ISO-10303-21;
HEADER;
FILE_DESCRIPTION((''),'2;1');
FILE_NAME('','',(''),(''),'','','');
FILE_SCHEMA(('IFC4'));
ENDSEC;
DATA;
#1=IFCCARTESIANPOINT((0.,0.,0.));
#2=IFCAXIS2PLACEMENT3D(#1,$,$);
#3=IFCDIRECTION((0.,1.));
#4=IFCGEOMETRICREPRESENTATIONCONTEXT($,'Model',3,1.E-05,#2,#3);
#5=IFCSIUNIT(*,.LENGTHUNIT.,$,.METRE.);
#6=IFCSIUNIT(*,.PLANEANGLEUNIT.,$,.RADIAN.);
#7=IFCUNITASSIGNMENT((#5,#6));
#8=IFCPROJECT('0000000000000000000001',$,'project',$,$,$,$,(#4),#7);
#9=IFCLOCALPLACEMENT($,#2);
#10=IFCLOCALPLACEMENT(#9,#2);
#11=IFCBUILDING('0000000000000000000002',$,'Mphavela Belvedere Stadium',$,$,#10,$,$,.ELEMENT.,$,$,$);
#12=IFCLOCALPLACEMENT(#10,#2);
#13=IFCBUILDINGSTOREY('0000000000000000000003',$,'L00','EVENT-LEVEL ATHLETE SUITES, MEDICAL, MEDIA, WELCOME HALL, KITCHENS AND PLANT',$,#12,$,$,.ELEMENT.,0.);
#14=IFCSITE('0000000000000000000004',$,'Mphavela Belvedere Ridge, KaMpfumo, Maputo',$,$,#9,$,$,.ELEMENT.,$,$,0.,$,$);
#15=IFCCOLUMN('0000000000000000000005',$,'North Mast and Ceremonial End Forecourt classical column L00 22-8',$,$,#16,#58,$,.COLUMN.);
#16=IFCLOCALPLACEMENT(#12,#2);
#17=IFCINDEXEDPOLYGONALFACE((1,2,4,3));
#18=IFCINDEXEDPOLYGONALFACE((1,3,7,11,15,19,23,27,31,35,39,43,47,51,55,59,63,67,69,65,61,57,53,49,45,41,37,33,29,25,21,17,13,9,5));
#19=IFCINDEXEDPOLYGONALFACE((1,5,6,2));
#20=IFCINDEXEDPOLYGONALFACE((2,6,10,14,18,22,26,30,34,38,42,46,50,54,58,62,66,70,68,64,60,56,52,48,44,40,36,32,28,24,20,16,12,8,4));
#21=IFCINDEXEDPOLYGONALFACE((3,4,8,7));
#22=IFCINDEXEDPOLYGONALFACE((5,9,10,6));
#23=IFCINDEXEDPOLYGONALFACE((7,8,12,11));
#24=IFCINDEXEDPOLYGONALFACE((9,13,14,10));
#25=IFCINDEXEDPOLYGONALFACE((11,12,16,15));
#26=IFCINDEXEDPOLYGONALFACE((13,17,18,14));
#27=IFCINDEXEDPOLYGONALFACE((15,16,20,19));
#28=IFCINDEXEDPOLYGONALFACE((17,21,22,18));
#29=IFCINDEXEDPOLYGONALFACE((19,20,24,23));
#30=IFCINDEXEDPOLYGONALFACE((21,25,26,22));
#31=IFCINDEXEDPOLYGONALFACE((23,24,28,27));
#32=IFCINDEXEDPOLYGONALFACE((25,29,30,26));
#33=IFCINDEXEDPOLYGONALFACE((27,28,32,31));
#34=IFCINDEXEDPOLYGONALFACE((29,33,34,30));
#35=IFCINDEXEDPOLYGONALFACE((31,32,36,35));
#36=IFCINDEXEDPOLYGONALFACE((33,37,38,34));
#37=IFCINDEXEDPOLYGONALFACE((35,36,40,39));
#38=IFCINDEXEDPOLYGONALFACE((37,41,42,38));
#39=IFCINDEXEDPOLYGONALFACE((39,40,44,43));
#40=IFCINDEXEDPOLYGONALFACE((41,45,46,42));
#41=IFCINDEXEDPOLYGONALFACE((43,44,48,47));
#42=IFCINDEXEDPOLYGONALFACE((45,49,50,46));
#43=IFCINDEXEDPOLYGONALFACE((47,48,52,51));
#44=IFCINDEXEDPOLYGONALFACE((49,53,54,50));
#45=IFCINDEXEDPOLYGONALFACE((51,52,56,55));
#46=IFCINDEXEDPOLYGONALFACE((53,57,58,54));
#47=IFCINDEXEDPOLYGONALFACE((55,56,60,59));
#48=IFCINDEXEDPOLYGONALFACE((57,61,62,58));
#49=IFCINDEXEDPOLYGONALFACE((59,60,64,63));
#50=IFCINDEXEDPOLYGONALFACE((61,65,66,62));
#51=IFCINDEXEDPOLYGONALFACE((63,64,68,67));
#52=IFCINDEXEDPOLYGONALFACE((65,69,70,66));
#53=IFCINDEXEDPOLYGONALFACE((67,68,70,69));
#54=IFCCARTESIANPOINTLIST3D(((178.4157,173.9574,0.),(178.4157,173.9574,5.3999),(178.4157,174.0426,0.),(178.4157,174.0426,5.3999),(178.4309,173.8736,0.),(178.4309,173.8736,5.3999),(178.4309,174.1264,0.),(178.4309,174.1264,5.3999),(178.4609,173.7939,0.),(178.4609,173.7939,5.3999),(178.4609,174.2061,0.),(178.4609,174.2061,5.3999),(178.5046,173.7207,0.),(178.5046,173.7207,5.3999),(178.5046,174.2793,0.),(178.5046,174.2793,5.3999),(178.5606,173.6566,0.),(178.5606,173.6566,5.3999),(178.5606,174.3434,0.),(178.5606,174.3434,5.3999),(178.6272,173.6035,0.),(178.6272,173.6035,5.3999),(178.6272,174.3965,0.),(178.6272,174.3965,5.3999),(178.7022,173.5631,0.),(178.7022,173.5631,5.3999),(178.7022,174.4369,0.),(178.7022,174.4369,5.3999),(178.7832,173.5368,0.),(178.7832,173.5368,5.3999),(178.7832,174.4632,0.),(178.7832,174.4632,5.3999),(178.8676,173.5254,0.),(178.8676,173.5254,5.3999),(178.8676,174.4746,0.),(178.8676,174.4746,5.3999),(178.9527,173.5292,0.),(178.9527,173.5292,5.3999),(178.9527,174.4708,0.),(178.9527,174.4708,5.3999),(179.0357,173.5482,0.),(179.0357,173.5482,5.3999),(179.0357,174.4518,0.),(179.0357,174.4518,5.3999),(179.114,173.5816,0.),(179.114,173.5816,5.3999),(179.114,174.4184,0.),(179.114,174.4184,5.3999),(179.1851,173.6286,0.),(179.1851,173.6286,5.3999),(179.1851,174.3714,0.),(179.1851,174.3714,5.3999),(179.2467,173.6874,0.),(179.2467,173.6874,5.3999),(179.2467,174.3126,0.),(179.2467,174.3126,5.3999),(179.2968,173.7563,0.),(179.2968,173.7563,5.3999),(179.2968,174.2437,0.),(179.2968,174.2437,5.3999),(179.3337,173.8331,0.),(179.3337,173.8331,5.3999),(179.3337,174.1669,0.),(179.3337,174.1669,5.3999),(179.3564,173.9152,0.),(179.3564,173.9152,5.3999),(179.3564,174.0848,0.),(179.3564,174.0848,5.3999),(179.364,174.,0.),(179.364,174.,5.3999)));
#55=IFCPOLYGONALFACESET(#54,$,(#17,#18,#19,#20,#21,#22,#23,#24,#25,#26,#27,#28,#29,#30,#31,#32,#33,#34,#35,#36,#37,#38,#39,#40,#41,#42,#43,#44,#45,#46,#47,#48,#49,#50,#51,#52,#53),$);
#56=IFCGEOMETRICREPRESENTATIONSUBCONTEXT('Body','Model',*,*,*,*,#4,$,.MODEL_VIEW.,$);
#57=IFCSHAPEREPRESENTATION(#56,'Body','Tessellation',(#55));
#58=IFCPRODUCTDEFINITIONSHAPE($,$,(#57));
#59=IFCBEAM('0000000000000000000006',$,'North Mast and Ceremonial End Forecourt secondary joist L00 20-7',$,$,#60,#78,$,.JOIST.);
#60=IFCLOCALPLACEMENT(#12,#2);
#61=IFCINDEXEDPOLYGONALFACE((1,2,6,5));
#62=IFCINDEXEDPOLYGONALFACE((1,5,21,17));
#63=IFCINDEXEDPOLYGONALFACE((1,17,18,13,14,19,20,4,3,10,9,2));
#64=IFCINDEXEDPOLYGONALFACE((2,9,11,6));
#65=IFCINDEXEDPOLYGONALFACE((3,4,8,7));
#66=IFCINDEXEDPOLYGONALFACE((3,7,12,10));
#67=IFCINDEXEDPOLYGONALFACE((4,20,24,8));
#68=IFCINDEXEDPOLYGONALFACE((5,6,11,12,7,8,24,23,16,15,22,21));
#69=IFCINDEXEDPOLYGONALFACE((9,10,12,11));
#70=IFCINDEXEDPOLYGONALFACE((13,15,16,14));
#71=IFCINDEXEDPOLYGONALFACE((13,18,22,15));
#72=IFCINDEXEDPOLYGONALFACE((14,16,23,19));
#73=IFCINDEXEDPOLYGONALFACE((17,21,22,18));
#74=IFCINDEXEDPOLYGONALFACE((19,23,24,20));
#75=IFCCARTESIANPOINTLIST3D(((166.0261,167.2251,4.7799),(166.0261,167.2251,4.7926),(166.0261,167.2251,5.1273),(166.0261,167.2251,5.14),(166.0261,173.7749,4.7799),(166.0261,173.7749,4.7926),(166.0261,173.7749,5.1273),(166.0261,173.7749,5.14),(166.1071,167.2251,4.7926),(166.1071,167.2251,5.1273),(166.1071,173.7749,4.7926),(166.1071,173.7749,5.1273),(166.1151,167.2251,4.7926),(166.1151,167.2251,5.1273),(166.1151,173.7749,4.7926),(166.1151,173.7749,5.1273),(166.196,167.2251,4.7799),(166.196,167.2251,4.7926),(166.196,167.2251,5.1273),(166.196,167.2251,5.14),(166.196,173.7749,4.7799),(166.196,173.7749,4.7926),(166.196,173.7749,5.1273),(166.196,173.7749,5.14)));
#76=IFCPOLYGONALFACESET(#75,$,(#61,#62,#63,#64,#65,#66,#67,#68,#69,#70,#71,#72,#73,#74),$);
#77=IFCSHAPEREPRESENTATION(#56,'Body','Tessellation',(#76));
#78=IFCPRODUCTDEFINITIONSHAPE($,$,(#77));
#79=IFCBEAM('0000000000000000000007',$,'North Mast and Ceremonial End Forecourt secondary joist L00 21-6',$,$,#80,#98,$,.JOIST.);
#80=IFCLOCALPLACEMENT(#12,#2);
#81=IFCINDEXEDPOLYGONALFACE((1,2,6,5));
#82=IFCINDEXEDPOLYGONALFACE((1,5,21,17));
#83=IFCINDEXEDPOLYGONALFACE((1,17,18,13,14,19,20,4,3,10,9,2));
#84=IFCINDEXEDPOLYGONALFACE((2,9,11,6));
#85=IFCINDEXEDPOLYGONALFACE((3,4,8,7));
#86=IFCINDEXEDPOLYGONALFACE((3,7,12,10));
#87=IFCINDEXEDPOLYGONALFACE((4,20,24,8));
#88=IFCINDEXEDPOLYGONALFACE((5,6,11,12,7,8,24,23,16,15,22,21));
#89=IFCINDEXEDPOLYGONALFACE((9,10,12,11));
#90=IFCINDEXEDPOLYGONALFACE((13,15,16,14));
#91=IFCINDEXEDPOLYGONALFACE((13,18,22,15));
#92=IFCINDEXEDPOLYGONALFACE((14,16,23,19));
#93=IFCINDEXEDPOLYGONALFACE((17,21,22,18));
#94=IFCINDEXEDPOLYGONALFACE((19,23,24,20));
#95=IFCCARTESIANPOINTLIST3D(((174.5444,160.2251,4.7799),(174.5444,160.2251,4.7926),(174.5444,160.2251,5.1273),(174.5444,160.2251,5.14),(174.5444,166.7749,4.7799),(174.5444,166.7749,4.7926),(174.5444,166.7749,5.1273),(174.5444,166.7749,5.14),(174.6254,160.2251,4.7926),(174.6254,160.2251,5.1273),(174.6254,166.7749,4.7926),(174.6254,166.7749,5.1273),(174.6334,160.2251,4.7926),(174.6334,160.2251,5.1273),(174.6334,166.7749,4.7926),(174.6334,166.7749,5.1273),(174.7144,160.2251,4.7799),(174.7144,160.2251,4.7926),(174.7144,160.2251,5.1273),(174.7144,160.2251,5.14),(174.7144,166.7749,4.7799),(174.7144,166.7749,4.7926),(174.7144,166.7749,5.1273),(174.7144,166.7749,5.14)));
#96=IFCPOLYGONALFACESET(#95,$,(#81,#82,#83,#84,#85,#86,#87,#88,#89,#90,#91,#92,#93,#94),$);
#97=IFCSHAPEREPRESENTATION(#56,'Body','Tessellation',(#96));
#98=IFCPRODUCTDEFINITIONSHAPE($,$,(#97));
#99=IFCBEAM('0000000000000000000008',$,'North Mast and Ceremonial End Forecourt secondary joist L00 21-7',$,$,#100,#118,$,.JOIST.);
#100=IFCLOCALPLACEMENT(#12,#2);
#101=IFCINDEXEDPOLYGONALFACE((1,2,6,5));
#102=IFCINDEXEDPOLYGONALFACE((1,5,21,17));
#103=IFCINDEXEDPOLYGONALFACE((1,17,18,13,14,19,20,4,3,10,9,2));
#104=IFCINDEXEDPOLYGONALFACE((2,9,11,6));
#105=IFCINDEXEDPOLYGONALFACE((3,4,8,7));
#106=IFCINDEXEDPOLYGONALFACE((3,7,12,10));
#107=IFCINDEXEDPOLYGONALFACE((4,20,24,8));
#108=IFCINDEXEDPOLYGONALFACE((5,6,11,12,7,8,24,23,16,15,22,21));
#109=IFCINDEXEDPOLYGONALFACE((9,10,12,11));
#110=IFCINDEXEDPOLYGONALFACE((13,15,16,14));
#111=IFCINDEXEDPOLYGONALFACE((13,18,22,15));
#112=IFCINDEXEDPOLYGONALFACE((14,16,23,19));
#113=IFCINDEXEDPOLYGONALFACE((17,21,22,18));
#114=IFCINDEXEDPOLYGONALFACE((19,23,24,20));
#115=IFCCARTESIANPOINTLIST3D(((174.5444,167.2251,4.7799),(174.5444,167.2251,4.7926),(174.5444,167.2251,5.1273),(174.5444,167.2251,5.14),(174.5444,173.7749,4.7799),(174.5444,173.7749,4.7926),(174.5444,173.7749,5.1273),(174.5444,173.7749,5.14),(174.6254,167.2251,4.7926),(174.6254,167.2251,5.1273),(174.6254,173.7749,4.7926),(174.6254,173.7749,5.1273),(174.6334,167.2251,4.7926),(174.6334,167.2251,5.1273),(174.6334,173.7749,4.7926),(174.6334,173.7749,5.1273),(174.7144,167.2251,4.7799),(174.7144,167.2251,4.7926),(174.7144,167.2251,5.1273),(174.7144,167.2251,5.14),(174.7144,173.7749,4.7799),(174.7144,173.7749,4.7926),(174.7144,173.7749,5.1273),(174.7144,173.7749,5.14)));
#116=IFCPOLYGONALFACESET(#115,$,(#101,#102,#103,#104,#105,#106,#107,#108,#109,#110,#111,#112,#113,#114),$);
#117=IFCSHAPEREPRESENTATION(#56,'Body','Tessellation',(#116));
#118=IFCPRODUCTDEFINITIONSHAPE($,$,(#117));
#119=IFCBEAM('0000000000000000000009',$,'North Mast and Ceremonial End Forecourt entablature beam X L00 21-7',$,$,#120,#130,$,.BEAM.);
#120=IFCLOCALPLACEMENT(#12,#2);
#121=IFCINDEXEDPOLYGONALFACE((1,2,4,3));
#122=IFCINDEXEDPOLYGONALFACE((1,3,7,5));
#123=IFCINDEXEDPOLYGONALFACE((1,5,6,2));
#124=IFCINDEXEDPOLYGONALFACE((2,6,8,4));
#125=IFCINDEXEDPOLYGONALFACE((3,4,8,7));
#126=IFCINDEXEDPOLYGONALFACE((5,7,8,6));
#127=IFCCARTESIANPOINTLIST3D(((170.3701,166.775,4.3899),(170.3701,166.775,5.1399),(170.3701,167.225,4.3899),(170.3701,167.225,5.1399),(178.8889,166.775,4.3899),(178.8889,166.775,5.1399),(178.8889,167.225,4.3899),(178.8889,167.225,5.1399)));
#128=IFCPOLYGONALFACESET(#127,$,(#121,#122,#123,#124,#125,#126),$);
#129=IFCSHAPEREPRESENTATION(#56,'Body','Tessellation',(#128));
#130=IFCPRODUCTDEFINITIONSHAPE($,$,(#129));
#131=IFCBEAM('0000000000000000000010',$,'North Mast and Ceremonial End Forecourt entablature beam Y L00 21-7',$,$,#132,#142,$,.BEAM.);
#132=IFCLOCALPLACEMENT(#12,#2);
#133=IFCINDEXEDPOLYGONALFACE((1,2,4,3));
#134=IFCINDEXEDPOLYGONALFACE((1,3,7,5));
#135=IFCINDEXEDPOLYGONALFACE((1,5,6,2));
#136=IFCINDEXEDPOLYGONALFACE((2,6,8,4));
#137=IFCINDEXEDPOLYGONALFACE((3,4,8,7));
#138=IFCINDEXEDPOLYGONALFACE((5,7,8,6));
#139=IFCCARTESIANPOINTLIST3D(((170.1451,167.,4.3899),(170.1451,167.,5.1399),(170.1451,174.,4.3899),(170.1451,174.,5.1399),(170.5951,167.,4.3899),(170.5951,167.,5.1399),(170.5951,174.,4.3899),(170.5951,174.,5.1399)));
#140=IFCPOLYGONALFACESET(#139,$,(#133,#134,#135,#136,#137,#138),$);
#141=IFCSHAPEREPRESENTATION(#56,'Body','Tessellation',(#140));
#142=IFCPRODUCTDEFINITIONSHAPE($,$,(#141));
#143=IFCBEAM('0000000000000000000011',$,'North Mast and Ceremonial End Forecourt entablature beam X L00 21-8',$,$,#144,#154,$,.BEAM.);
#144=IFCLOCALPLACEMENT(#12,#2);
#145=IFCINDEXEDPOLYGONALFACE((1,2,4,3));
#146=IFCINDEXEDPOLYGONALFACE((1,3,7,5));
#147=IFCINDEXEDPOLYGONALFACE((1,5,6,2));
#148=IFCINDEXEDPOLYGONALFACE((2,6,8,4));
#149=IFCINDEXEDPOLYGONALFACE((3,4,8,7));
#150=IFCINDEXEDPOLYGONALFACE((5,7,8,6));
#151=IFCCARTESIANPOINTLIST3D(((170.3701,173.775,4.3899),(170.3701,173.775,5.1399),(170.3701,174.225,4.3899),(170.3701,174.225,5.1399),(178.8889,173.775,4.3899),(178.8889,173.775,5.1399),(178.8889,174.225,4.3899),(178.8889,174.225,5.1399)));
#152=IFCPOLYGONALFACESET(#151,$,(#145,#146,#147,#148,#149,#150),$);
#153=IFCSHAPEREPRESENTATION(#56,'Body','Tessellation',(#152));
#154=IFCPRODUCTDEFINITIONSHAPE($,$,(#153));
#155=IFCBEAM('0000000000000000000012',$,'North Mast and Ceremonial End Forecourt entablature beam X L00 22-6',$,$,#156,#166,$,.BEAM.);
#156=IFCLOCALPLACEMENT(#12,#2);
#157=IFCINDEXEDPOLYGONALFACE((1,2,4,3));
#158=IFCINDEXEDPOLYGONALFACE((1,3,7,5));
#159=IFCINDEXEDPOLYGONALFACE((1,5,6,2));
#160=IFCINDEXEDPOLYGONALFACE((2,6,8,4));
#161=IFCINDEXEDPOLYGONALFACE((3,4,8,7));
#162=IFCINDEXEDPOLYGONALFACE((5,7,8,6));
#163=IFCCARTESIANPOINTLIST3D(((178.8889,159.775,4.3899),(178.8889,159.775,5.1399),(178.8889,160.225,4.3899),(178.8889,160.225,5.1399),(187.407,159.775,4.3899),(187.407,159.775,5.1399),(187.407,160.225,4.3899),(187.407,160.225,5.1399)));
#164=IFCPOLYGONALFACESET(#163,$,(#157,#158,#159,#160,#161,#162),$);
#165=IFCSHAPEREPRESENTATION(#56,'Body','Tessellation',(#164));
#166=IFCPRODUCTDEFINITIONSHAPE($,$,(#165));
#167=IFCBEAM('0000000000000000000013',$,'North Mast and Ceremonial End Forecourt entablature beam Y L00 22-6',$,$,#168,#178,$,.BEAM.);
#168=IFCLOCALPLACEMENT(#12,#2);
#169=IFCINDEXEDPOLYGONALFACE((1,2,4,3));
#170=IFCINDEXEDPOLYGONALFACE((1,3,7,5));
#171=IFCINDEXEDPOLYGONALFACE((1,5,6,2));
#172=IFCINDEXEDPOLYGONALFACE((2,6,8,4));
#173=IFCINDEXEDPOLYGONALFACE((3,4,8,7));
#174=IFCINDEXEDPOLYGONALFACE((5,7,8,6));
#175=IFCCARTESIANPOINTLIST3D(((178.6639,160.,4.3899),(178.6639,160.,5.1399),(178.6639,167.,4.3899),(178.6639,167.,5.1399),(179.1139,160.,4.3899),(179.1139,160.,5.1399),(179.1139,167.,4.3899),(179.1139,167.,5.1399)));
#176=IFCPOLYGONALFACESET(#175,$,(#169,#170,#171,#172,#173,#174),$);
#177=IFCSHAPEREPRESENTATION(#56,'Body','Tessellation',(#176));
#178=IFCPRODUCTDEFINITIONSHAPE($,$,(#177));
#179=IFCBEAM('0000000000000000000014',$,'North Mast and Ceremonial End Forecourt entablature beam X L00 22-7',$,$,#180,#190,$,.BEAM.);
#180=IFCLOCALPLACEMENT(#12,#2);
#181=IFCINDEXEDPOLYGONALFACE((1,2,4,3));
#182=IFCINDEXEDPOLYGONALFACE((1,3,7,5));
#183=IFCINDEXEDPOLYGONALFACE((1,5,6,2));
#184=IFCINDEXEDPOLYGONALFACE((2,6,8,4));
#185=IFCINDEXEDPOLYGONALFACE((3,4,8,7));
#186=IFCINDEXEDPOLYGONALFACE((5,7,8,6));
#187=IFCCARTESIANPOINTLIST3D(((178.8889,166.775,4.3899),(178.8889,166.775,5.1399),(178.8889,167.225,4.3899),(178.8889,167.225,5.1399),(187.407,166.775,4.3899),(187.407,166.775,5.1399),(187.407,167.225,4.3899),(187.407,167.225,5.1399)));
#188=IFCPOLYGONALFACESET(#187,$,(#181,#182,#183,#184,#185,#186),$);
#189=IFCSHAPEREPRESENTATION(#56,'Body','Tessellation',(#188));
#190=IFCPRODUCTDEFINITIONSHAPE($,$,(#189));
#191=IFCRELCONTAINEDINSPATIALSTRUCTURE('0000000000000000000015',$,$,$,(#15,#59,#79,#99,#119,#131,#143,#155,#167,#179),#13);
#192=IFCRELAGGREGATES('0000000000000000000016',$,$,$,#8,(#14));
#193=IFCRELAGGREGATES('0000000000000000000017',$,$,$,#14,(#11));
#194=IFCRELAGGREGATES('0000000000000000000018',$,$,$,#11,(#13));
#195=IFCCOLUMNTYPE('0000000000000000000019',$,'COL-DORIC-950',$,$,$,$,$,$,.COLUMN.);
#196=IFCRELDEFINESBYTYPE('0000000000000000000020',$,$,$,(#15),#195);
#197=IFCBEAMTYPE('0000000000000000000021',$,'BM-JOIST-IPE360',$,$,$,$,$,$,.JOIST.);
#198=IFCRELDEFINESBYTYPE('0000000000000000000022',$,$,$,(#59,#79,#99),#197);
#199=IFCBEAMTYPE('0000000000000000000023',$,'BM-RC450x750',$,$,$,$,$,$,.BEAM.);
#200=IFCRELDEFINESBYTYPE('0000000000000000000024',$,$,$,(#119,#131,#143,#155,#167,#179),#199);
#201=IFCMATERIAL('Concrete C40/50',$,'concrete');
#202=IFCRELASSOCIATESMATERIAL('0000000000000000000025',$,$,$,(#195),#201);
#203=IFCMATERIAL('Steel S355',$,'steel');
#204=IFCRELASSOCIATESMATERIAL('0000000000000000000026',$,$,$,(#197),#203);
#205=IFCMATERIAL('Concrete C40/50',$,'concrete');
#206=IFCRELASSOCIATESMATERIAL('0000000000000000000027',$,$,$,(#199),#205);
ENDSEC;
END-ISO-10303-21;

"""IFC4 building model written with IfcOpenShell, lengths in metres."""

from ifc_helpers import new_model, si_unit, direction, frame, origin, origin_2d, place, context, subcontext, project, spatial, rectangle, circle, i_section, extrude, material, material_profile, profile_set, type_object, element, save


model = new_model("IFC4")

# Units and contexts
model_context = context("Model", 3, precision=1e-05, world=origin(), true_north=direction((0.0, 1.0)))
body_context = subcontext(model_context, "Body", "Model", "MODEL_VIEW")
ifc_project = project(units=[si_unit("LENGTHUNIT", "METRE"), si_unit("PLANEANGLEUNIT", "RADIAN")], contexts=[model_context])

# Site, building, storey
site_placement = place(None, origin())
site = spatial("IfcSite", under=ifc_project, at=site_placement, Name="Mphavela Belvedere Ridge, KaMpfumo, Maputo", CompositionType="ELEMENT", RefElevation=0.0)
building_placement = place(site_placement, origin())
building = spatial("IfcBuilding", under=site, at=building_placement, Name="Mphavela Belvedere Stadium", CompositionType="ELEMENT")
storey_placement = place(building_placement, origin())
storey = spatial("IfcBuildingStorey", under=building, at=storey_placement, Name="L00", Description="EVENT-LEVEL ATHLETE SUITES, MEDICAL, MEDIA, WELCOME HALL, KITCHENS AND PLANT", CompositionType="ELEMENT", Elevation=0.0)

# Column
ifc_material_1 = material(Name="Concrete C40/50", Category="concrete")
ifc_material_profile_1 = material_profile(ifc_material_1, circle(Radius=0.4751, at=origin_2d()), Name="COL D950")
ifc_profile_set_1 = profile_set([ifc_material_profile_1], Name="Concrete C40/50")
column_type = type_object("IfcColumnType", Name="COL-DORIC-950", PredefinedType="COLUMN", material=ifc_profile_set_1)
for number, where, z_axis, x_axis, name in (
    (1, (178.8889, 174.0, 0.0), (0.0, 0.0, 1.0), (1.0, 0.0, 0.0), "North Mast and Ceremonial End Forecourt classical column L00 22-8"),
):
    element("IfcColumn", number, at=place(storey_placement, frame(where, z_axis=z_axis, x_axis=x_axis)), inside=storey, type_object=column_type, Name=name, PredefinedType="COLUMN", context=body_context, shape_type="SweptSolid", body=[
        extrude(circle(Radius=0.4751, at=origin_2d()), origin(), (0.0, 0.0, 1.0), 5.3999),
    ])

# Beams
ifc_material_2 = material(Name="Steel S355", Category="steel")
ifc_material_profile_2 = material_profile(ifc_material_2, i_section(OverallWidth=0.1699, OverallDepth=0.3601, WebThickness=0.0081, FlangeThickness=0.0127, at=origin_2d()), Name="IPE 360")
ifc_profile_set_2 = profile_set([ifc_material_profile_2], Name="Steel S355")
beam_type_1 = type_object("IfcBeamType", Name="BM-JOIST-IPE360", PredefinedType="JOIST", material=ifc_profile_set_2)
for number, where, z_axis, x_axis, name in (
    (2, (166.1111, 167.2251, 4.96), (0.0, 1.0, 0.0), (-1.0, 0.0, 0.0), "North Mast and Ceremonial End Forecourt secondary joist L00 20-7"),
    (3, (174.6294, 160.2251, 4.96), (0.0, 1.0, 0.0), (-1.0, 0.0, 0.0), "North Mast and Ceremonial End Forecourt secondary joist L00 21-6"),
    (4, (174.6294, 167.2251, 4.96), (0.0, 1.0, 0.0), (-1.0, 0.0, 0.0), "North Mast and Ceremonial End Forecourt secondary joist L00 21-7"),
):
    element("IfcBeam", number, at=place(storey_placement, frame(where, z_axis=z_axis, x_axis=x_axis)), inside=storey, type_object=beam_type_1, Name=name, PredefinedType="JOIST", context=body_context, shape_type="SweptSolid", body=[
        extrude(i_section(OverallWidth=0.1699, OverallDepth=0.3601, WebThickness=0.0081, FlangeThickness=0.0127, at=origin_2d()), origin(), (0.0, 0.0, 1.0), 6.5498),
    ])
ifc_material_3 = material(Name="Concrete C40/50", Category="concrete")
ifc_material_profile_3 = material_profile(ifc_material_3, rectangle(XDim=0.45, YDim=0.75, at=origin_2d()), Name="RC 450x750")
ifc_profile_set_3 = profile_set([ifc_material_profile_3], Name="Concrete C40/50")
beam_type_2 = type_object("IfcBeamType", Name="BM-RC450x750", PredefinedType="BEAM", material=ifc_profile_set_3)
beam_1_placement = place(storey_placement, frame((170.3701, 167.0, 4.7649), z_axis=(1.0, 0.0, 0.0), x_axis=(0.0, 1.0, 0.0)))
element("IfcBeam", 5, at=beam_1_placement, inside=storey, type_object=beam_type_2, Name="North Mast and Ceremonial End Forecourt entablature beam X L00 21-7", PredefinedType="BEAM", context=body_context, shape_type="SweptSolid", body=[
    extrude(rectangle(XDim=0.45, YDim=0.75, at=origin_2d()), origin(), (0.0, 0.0, 1.0), 8.5188),
])
beam_2_placement = place(storey_placement, frame((170.3701, 167.0, 4.7649), z_axis=(0.0, 1.0, 0.0), x_axis=(-1.0, 0.0, 0.0)))
element("IfcBeam", 6, at=beam_2_placement, inside=storey, type_object=beam_type_2, Name="North Mast and Ceremonial End Forecourt entablature beam Y L00 21-7", PredefinedType="BEAM", context=body_context, shape_type="SweptSolid", body=[
    extrude(rectangle(XDim=0.45, YDim=0.75, at=origin_2d()), origin(), (0.0, 0.0, 1.0), 7.0),
])
beam_3_placement = place(storey_placement, frame((170.3701, 174.0, 4.7649), z_axis=(1.0, 0.0, 0.0), x_axis=(0.0, 1.0, 0.0)))
element("IfcBeam", 7, at=beam_3_placement, inside=storey, type_object=beam_type_2, Name="North Mast and Ceremonial End Forecourt entablature beam X L00 21-8", PredefinedType="BEAM", context=body_context, shape_type="SweptSolid", body=[
    extrude(rectangle(XDim=0.45, YDim=0.75, at=origin_2d()), origin(), (0.0, 0.0, 1.0), 8.5188),
])
beam_4_placement = place(storey_placement, frame((178.8889, 160.0, 4.7649), z_axis=(1.0, 0.0, 0.0), x_axis=(0.0, 1.0, 0.0)))
element("IfcBeam", 8, at=beam_4_placement, inside=storey, type_object=beam_type_2, Name="North Mast and Ceremonial End Forecourt entablature beam X L00 22-6", PredefinedType="BEAM", context=body_context, shape_type="SweptSolid", body=[
    extrude(rectangle(XDim=0.45, YDim=0.75, at=origin_2d()), origin(), (0.0, 0.0, 1.0), 8.5181),
])
beam_5_placement = place(storey_placement, frame((178.8889, 160.0, 4.7649), z_axis=(0.0, 1.0, 0.0), x_axis=(-1.0, 0.0, 0.0)))
element("IfcBeam", 9, at=beam_5_placement, inside=storey, type_object=beam_type_2, Name="North Mast and Ceremonial End Forecourt entablature beam Y L00 22-6", PredefinedType="BEAM", context=body_context, shape_type="SweptSolid", body=[
    extrude(rectangle(XDim=0.45, YDim=0.75, at=origin_2d()), origin(), (0.0, 0.0, 1.0), 7.0),
])
beam_6_placement = place(storey_placement, frame((178.8889, 167.0, 4.7649), z_axis=(1.0, 0.0, 0.0), x_axis=(0.0, 1.0, 0.0)))
element("IfcBeam", 10, at=beam_6_placement, inside=storey, type_object=beam_type_2, Name="North Mast and Ceremonial End Forecourt entablature beam X L00 22-7", PredefinedType="BEAM", context=body_context, shape_type="SweptSolid", body=[
    extrude(rectangle(XDim=0.45, YDim=0.75, at=origin_2d()), origin(), (0.0, 0.0, 1.0), 8.5181),
])

save(model, "model.ifc")
